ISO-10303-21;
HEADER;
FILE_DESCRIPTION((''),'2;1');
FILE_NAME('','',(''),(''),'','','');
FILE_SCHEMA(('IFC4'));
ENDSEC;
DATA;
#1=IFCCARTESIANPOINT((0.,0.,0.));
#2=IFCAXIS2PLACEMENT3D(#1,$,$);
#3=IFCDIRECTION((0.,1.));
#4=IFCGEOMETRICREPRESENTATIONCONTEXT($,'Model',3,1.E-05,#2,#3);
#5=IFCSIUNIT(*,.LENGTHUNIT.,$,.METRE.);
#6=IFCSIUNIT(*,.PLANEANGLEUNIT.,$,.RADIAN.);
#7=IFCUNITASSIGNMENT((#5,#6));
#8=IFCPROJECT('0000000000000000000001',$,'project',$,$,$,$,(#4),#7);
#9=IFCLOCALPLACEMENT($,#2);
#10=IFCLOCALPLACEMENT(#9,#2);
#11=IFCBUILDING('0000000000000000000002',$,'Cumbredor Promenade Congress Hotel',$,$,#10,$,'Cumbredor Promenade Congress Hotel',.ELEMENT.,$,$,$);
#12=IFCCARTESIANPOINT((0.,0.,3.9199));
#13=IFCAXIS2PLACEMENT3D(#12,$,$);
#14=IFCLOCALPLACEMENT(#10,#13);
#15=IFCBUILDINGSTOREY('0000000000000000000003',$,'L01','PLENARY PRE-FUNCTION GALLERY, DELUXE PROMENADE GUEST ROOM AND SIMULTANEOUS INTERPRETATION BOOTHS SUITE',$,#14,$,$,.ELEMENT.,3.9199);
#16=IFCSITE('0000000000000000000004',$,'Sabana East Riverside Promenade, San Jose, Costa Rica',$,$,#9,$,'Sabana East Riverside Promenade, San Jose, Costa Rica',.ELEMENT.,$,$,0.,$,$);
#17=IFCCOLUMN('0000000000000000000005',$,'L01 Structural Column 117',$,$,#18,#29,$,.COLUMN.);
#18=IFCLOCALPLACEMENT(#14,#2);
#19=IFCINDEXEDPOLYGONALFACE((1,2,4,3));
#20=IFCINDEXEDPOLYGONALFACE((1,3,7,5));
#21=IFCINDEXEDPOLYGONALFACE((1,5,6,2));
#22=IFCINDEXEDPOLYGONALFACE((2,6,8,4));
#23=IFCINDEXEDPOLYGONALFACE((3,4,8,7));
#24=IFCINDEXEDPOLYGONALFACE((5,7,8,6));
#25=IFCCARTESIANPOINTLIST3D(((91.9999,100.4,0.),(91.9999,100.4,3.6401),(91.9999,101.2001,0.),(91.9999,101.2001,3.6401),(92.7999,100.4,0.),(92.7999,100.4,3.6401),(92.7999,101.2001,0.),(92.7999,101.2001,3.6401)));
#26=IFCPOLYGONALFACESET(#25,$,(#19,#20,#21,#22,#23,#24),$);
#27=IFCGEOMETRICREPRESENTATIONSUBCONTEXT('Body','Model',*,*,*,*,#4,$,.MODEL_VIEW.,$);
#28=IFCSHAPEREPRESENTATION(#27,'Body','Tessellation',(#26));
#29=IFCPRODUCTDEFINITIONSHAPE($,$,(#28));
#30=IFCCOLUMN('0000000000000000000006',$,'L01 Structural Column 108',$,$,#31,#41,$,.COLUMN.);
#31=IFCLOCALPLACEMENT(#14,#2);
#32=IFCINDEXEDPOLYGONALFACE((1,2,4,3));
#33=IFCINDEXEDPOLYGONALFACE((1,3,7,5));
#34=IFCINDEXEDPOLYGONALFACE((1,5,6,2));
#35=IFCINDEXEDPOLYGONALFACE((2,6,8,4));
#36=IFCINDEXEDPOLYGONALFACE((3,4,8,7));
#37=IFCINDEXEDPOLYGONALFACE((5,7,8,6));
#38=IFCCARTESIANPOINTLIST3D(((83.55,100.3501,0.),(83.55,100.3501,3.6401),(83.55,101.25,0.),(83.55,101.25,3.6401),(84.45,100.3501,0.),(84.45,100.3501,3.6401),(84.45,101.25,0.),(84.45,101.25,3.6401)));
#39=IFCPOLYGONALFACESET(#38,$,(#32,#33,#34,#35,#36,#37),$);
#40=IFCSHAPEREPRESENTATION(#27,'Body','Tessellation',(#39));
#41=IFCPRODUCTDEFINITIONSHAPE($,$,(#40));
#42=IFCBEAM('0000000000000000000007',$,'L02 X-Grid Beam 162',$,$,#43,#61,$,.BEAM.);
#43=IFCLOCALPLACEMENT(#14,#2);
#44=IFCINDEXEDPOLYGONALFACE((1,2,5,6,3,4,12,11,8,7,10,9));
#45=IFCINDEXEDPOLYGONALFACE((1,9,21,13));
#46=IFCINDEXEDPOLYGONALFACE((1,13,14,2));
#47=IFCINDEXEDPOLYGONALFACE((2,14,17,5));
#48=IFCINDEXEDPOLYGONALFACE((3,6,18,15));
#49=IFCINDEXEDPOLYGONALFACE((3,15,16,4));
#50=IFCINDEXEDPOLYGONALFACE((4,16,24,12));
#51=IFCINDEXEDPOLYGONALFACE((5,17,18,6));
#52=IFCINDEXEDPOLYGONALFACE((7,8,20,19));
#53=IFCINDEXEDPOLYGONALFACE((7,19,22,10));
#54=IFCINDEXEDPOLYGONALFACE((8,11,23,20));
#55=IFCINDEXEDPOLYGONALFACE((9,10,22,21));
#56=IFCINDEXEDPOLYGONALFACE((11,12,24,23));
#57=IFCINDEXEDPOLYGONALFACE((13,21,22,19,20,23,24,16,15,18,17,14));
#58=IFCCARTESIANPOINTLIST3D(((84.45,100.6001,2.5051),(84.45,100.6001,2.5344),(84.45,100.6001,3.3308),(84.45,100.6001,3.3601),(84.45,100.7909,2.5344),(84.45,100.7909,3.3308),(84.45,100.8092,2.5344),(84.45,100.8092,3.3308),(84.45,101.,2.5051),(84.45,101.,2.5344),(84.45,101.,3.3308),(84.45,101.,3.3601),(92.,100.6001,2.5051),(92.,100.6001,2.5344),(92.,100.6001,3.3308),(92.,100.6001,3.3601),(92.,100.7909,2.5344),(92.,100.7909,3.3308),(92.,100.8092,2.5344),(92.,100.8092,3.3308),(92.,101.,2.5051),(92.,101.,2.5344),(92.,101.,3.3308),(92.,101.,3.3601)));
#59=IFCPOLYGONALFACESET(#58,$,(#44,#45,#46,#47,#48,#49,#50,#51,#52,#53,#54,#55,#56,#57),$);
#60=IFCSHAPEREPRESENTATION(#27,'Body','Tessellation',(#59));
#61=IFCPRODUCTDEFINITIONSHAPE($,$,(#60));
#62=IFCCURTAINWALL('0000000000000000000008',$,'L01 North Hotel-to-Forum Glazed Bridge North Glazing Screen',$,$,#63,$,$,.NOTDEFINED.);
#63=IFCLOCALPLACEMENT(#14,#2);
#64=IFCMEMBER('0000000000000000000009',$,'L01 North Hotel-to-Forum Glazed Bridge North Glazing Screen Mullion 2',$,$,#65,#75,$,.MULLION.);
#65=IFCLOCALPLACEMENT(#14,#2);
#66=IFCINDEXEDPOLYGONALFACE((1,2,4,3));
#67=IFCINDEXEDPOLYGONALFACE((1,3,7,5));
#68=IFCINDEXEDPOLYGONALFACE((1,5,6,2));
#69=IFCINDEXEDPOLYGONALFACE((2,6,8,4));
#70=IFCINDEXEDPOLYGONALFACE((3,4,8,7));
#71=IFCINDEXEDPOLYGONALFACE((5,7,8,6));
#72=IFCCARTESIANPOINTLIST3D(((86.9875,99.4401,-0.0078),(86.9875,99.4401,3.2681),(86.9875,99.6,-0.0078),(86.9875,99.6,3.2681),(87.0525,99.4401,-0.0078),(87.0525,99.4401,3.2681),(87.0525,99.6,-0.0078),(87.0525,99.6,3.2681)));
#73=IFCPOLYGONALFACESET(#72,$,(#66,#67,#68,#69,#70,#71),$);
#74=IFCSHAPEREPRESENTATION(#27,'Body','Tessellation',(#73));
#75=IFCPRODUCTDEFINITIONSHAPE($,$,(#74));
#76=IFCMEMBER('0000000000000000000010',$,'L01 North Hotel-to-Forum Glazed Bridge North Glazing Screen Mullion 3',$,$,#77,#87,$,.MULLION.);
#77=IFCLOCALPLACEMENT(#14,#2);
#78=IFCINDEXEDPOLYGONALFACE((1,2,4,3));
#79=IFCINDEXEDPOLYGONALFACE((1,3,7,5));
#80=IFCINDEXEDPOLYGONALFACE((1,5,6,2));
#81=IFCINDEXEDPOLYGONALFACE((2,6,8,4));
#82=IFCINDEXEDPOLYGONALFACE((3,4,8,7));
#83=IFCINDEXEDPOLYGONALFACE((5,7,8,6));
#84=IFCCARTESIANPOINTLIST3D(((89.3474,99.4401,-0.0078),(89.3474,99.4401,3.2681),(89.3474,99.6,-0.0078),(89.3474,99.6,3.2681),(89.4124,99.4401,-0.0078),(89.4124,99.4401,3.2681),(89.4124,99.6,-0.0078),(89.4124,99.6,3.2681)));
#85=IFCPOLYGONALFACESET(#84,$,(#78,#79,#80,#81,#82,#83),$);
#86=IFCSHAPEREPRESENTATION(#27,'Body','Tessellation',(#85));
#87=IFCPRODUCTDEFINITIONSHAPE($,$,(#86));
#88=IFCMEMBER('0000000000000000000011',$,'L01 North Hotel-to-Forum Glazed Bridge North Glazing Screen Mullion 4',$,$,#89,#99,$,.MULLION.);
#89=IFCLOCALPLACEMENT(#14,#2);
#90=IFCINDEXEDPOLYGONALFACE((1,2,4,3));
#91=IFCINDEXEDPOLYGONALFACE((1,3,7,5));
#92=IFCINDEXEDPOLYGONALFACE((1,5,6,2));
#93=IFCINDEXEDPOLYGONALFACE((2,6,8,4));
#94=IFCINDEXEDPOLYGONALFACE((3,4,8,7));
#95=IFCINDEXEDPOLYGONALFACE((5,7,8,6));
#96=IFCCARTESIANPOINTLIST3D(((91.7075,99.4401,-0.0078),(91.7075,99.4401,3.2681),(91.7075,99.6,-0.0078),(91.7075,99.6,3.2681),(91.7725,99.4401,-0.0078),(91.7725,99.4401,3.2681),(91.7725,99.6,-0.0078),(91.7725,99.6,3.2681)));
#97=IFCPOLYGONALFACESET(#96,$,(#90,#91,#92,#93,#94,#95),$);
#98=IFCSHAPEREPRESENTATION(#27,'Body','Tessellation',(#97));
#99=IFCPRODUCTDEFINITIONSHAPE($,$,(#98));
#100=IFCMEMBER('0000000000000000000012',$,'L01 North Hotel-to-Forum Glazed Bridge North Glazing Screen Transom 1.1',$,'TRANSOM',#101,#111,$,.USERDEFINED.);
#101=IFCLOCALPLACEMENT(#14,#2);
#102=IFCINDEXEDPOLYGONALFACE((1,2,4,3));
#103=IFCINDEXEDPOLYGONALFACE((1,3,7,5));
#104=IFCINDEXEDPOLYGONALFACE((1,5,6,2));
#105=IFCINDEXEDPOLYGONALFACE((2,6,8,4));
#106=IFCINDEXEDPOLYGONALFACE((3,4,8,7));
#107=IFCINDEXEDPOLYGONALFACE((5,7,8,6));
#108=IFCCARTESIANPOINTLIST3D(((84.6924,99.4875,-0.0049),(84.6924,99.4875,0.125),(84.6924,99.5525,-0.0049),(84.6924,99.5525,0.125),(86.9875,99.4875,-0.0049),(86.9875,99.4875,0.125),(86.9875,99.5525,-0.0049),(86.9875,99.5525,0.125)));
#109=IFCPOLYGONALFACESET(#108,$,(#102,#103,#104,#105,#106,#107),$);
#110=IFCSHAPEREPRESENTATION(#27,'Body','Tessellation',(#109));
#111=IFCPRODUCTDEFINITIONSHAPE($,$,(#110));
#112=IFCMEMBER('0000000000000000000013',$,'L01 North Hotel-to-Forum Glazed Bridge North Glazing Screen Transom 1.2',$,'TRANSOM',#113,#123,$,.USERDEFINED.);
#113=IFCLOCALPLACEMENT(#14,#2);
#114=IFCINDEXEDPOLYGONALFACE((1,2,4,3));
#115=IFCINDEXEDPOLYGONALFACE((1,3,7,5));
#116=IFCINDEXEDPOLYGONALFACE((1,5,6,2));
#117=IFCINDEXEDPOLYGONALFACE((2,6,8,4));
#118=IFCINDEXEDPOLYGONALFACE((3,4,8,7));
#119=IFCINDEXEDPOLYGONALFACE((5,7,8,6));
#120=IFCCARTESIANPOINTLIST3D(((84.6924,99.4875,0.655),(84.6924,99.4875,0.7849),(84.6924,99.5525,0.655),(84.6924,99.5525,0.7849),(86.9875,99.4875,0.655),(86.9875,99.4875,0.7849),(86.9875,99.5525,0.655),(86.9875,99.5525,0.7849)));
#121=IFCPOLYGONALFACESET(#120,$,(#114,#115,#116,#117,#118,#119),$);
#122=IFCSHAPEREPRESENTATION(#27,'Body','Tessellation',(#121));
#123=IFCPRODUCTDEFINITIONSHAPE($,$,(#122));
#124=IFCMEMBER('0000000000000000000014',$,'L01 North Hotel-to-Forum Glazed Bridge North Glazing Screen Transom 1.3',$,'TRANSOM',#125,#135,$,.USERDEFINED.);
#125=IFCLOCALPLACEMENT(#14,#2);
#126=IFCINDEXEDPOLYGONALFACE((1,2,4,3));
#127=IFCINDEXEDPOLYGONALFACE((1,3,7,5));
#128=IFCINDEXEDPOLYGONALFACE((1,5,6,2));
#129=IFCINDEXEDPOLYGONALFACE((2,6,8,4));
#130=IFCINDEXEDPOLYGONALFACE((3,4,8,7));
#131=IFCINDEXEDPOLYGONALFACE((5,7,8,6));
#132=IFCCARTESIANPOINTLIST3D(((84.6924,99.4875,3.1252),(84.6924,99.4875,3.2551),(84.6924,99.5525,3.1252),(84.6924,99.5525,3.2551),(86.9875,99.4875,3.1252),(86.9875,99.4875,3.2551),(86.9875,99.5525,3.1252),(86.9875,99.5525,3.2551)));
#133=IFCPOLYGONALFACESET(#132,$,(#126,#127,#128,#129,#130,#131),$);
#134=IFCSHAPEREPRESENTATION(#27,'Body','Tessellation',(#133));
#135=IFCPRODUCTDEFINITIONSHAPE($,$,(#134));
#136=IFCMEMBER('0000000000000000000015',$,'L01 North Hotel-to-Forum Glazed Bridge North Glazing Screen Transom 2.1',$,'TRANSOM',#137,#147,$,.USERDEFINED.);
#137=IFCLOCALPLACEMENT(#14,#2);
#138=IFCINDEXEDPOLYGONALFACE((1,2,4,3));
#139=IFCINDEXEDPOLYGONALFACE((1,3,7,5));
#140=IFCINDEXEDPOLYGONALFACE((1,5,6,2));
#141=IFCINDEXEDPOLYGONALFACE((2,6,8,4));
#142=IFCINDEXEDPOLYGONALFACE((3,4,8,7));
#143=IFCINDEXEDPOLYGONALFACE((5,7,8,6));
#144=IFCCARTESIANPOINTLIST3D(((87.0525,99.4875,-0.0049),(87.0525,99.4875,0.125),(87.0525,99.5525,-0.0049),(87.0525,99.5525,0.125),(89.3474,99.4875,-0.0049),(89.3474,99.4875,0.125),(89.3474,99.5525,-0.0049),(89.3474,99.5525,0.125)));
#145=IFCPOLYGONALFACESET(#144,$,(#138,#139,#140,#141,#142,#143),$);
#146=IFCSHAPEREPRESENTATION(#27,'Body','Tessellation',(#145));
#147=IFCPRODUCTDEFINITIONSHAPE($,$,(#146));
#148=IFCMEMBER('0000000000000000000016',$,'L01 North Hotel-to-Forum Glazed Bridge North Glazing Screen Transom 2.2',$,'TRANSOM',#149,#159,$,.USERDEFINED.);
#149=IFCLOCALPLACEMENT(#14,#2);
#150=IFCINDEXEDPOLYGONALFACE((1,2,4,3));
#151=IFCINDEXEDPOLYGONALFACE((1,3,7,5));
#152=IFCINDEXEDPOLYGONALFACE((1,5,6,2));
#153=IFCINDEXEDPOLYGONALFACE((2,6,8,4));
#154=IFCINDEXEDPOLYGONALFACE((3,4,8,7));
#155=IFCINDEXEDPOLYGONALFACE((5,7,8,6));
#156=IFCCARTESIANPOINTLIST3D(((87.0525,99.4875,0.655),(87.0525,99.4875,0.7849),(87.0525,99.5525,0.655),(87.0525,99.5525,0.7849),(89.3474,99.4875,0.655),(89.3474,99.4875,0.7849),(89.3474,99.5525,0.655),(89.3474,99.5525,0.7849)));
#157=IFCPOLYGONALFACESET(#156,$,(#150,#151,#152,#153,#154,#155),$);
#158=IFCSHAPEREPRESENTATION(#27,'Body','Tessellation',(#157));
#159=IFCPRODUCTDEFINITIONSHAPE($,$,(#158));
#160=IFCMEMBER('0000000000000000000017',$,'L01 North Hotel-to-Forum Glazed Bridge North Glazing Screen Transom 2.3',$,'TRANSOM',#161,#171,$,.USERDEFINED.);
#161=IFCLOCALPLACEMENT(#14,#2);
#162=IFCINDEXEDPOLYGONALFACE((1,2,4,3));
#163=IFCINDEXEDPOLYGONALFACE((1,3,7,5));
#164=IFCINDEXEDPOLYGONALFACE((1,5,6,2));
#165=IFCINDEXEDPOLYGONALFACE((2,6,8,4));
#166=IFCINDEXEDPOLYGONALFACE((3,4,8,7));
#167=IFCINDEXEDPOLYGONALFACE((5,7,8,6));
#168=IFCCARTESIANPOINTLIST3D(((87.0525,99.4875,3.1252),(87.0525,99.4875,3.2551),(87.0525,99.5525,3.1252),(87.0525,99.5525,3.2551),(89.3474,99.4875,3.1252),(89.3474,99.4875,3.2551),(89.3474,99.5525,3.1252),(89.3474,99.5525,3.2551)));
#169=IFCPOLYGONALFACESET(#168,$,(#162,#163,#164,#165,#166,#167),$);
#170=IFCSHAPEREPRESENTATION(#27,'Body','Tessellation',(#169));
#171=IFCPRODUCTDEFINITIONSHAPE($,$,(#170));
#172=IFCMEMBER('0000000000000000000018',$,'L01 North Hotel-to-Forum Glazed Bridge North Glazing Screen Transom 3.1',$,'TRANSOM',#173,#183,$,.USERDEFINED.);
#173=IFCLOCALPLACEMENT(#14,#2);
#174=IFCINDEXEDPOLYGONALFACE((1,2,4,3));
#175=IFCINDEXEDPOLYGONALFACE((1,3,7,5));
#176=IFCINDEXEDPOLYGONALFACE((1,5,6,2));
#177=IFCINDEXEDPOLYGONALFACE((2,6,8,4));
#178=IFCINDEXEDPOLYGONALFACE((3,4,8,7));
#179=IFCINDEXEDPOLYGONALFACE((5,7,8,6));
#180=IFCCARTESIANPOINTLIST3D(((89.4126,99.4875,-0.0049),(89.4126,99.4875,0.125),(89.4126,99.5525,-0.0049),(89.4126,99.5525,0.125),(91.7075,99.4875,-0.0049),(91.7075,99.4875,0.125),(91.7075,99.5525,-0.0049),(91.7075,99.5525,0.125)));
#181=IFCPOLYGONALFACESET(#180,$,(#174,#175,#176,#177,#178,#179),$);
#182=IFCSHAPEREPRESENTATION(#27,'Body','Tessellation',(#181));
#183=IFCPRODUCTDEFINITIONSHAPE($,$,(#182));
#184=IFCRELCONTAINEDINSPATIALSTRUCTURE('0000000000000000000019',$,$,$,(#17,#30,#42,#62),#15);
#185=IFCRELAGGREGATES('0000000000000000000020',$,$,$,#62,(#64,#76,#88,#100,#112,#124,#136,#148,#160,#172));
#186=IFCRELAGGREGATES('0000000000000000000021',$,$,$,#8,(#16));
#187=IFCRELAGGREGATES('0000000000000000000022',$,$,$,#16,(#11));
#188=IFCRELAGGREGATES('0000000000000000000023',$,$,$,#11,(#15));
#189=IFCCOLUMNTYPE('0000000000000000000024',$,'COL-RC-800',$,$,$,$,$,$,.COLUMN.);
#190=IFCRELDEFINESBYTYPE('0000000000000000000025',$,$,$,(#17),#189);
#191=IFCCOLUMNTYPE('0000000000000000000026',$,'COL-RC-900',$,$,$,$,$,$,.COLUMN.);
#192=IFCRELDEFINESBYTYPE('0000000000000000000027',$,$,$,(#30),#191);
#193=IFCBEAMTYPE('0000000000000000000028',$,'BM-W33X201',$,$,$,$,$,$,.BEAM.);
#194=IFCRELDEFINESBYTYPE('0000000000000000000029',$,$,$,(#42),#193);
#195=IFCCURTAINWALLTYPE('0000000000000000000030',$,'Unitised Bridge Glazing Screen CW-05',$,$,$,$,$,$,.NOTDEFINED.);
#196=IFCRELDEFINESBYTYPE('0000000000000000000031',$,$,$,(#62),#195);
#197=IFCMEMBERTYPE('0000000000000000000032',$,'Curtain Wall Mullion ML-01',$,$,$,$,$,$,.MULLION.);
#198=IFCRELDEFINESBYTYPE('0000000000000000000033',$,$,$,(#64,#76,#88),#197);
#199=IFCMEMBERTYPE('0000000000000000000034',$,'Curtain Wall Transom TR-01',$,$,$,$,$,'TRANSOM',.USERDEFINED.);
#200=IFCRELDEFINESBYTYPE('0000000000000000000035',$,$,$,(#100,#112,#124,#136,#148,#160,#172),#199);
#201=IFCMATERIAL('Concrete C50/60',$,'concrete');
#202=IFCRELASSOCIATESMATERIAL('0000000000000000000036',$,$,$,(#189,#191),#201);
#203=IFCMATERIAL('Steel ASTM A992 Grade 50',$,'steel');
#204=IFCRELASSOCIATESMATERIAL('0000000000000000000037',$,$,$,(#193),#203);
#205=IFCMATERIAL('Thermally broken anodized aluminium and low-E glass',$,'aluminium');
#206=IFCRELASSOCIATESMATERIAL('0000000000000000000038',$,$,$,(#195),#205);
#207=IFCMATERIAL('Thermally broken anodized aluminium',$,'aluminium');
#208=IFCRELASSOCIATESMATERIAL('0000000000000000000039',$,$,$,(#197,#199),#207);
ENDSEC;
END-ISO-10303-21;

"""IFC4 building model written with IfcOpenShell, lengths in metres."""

from ifc_helpers import new_model, si_unit, direction, frame, origin, origin_2d, place, context, subcontext, project, spatial, rectangle, i_section, extrude, material, material_profile, profile_set, type_object, element, aggregate, save


model = new_model("IFC4")

# Units and contexts
model_context = context("Model", 3, precision=1e-05, world=origin(), true_north=direction((0.0, 1.0)))
body_context = subcontext(model_context, "Body", "Model", "MODEL_VIEW")
ifc_project = project(units=[si_unit("LENGTHUNIT", "METRE"), si_unit("PLANEANGLEUNIT", "RADIAN")], contexts=[model_context])

# Site, building, storey
site_placement = place(None, origin())
site = spatial("IfcSite", under=ifc_project, at=site_placement, Name="Sabana East Riverside Promenade, San Jose, Costa Rica", LongName="Sabana East Riverside Promenade, San Jose, Costa Rica", CompositionType="ELEMENT", RefElevation=0.0)
building_placement = place(site_placement, origin())
building = spatial("IfcBuilding", under=site, at=building_placement, Name="Cumbredor Promenade Congress Hotel", LongName="Cumbredor Promenade Congress Hotel", CompositionType="ELEMENT")
storey_placement = place(building_placement, frame((0.0, 0.0, 3.9199)))
storey = spatial("IfcBuildingStorey", under=building, at=storey_placement, Name="L01", Description="PLENARY PRE-FUNCTION GALLERY, DELUXE PROMENADE GUEST ROOM AND SIMULTANEOUS INTERPRETATION BOOTHS SUITE", CompositionType="ELEMENT", Elevation=3.9199)

# Columns
ifc_material_1 = material(Name="Concrete C50/60", Category="concrete")
ifc_material_profile_1 = material_profile(ifc_material_1, rectangle(XDim=0.8, YDim=0.8, at=origin_2d()), Name="RC 800x800")
ifc_profile_set_1 = profile_set([ifc_material_profile_1], Name="Concrete C50/60")
column_type_1 = type_object("IfcColumnType", Name="COL-RC-800", PredefinedType="COLUMN", material=ifc_profile_set_1)
column_1_placement = place(storey_placement, frame((92.3999, 100.8, 0.0), z_axis=(0.0, 0.0, 1.0), x_axis=(1.0, 0.0, 0.0)))
element("IfcColumn", 1, at=column_1_placement, inside=storey, type_object=column_type_1, Name="L01 Structural Column 117", PredefinedType="COLUMN", context=body_context, shape_type="SweptSolid", body=[
    extrude(rectangle(XDim=0.8, YDim=0.8, at=origin_2d()), origin(), (0.0, 0.0, 1.0), 3.6401),
])
ifc_material_profile_2 = material_profile(ifc_material_1, rectangle(XDim=0.8999, YDim=0.8999, at=origin_2d()), Name="RC 900x900")
ifc_profile_set_2 = profile_set([ifc_material_profile_2], Name="Concrete C50/60")
column_type_2 = type_object("IfcColumnType", Name="COL-RC-900", PredefinedType="COLUMN", material=ifc_profile_set_2)
column_2_placement = place(storey_placement, frame((84.0, 100.8, 0.0), z_axis=(0.0, 0.0, 1.0), x_axis=(1.0, 0.0, 0.0)))
element("IfcColumn", 2, at=column_2_placement, inside=storey, type_object=column_type_2, Name="L01 Structural Column 108", PredefinedType="COLUMN", context=body_context, shape_type="SweptSolid", body=[
    extrude(rectangle(XDim=0.8999, YDim=0.8999, at=origin_2d()), origin(), (0.0, 0.0, 1.0), 3.6401),
])

# Beam
ifc_material_2 = material(Name="Steel ASTM A992 Grade 50", Category="steel")
ifc_material_profile_3 = material_profile(ifc_material_2, i_section(OverallWidth=0.3999, OverallDepth=0.855, WebThickness=0.0183, FlangeThickness=0.0293, at=origin_2d()), Name="W33X201")
ifc_profile_set_3 = profile_set([ifc_material_profile_3], Name="Steel ASTM A992 Grade 50")
beam_type_1 = type_object("IfcBeamType", Name="BM-W33X201", PredefinedType="BEAM", material=ifc_profile_set_3)
beam_1_placement = place(storey_placement, frame((84.45, 100.8, 2.9326), z_axis=(1.0, 0.0, 0.0), x_axis=(0.0, 1.0, 0.0)))
element("IfcBeam", 3, at=beam_1_placement, inside=storey, type_object=beam_type_1, Name="L02 X-Grid Beam 162", PredefinedType="BEAM", context=body_context, shape_type="SweptSolid", body=[
    extrude(i_section(OverallWidth=0.3999, OverallDepth=0.855, WebThickness=0.0183, FlangeThickness=0.0293, at=origin_2d()), origin(), (0.0, 0.0, 1.0), 7.55),
])

# Curtain wall, members
ifc_material_3 = material(Name="Thermally broken anodized aluminium and low-E glass", Category="aluminium")
curtain_wall_type = type_object("IfcCurtainWallType", Name="Unitised Bridge Glazing Screen CW-05", PredefinedType="NOTDEFINED", material=ifc_material_3)
curtain_wall_placement = place(storey_placement, origin())
curtain_wall = element("IfcCurtainWall", 4, at=curtain_wall_placement, inside=storey, type_object=curtain_wall_type, Name="L01 North Hotel-to-Forum Glazed Bridge North Glazing Screen", PredefinedType="NOTDEFINED")
ifc_material_4 = material(Name="Thermally broken anodized aluminium", Category="aluminium")
ifc_material_profile_4 = material_profile(ifc_material_4, rectangle(XDim=0.0649, YDim=0.1599, at=origin_2d()), Name="ALU MULLION 65x160")
ifc_profile_set_4 = profile_set([ifc_material_profile_4], Name="Thermally broken anodized aluminium")
member_type_1 = type_object("IfcMemberType", Name="Curtain Wall Mullion ML-01", PredefinedType="MULLION", material=ifc_profile_set_4)
member_1_placement = place(storey_placement, frame((87.02, 99.52, -0.0078), z_axis=(0.0, 0.0, 1.0), x_axis=(1.0, 0.0, 0.0)))
member_1 = element("IfcMember", 5, at=member_1_placement, type_object=member_type_1, Name="L01 North Hotel-to-Forum Glazed Bridge North Glazing Screen Mullion 2", PredefinedType="MULLION", context=body_context, shape_type="SweptSolid", body=[
    extrude(rectangle(XDim=0.0649, YDim=0.1599, at=origin_2d()), origin(), (0.0, 0.0, 1.0), 3.2759),
])
member_2_placement = place(storey_placement, frame((89.3799, 99.52, -0.0078), z_axis=(0.0, 0.0, 1.0), x_axis=(1.0, 0.0, 0.0)))
member_2 = element("IfcMember", 6, at=member_2_placement, type_object=member_type_1, Name="L01 North Hotel-to-Forum Glazed Bridge North Glazing Screen Mullion 3", PredefinedType="MULLION", context=body_context, shape_type="SweptSolid", body=[
    extrude(rectangle(XDim=0.0649, YDim=0.1599, at=origin_2d()), origin(), (0.0, 0.0, 1.0), 3.2759),
])
member_3_placement = place(storey_placement, frame((91.74, 99.52, -0.0078), z_axis=(0.0, 0.0, 1.0), x_axis=(1.0, 0.0, 0.0)))
member_3 = element("IfcMember", 7, at=member_3_placement, type_object=member_type_1, Name="L01 North Hotel-to-Forum Glazed Bridge North Glazing Screen Mullion 4", PredefinedType="MULLION", context=body_context, shape_type="SweptSolid", body=[
    extrude(rectangle(XDim=0.0649, YDim=0.1599, at=origin_2d()), origin(), (0.0, 0.0, 1.0), 3.2759),
])
ifc_material_profile_5 = material_profile(ifc_material_4, rectangle(XDim=0.0649, YDim=0.1299, at=origin_2d()), Name="ALU TRANSOM 65x130")
ifc_profile_set_5 = profile_set([ifc_material_profile_5], Name="Thermally broken anodized aluminium")
member_type_2 = type_object("IfcMemberType", Name="Curtain Wall Transom TR-01", ElementType="TRANSOM", PredefinedType="USERDEFINED", material=ifc_profile_set_5)
member_4_placement = place(storey_placement, frame((84.6924, 99.52, 0.0601), z_axis=(1.0, 0.0, 0.0), x_axis=(0.0, 1.0, 0.0)))
member_4 = element("IfcMember", 8, at=member_4_placement, type_object=member_type_2, Name="L01 North Hotel-to-Forum Glazed Bridge North Glazing Screen Transom 1.1", ObjectType="TRANSOM", PredefinedType="USERDEFINED", context=body_context, shape_type="SweptSolid", body=[
    extrude(rectangle(XDim=0.0649, YDim=0.1299, at=origin_2d()), origin(), (0.0, 0.0, 1.0), 2.2952),
])
member_5_placement = place(storey_placement, frame((84.6924, 99.52, 0.72), z_axis=(1.0, 0.0, 0.0), x_axis=(0.0, 1.0, 0.0)))
member_5 = element("IfcMember", 9, at=member_5_placement, type_object=member_type_2, Name="L01 North Hotel-to-Forum Glazed Bridge North Glazing Screen Transom 1.2", ObjectType="TRANSOM", PredefinedType="USERDEFINED", context=body_context, shape_type="SweptSolid", body=[
    extrude(rectangle(XDim=0.0649, YDim=0.1299, at=origin_2d()), origin(), (0.0, 0.0, 1.0), 2.2952),
])
member_6_placement = place(storey_placement, frame((84.6924, 99.52, 3.1902), z_axis=(1.0, 0.0, 0.0), x_axis=(0.0, 1.0, 0.0)))
member_6 = element("IfcMember", 10, at=member_6_placement, type_object=member_type_2, Name="L01 North Hotel-to-Forum Glazed Bridge North Glazing Screen Transom 1.3", ObjectType="TRANSOM", PredefinedType="USERDEFINED", context=body_context, shape_type="SweptSolid", body=[
    extrude(rectangle(XDim=0.0649, YDim=0.1299, at=origin_2d()), origin(), (0.0, 0.0, 1.0), 2.2952),
])
member_7_placement = place(storey_placement, frame((87.0525, 99.52, 0.0601), z_axis=(1.0, 0.0, 0.0), x_axis=(0.0, 1.0, 0.0)))
member_7 = element("IfcMember", 11, at=member_7_placement, type_object=member_type_2, Name="L01 North Hotel-to-Forum Glazed Bridge North Glazing Screen Transom 2.1", ObjectType="TRANSOM", PredefinedType="USERDEFINED", context=body_context, shape_type="SweptSolid", body=[
    extrude(rectangle(XDim=0.0649, YDim=0.1299, at=origin_2d()), origin(), (0.0, 0.0, 1.0), 2.2949),
])
member_8_placement = place(storey_placement, frame((87.0525, 99.52, 0.72), z_axis=(1.0, 0.0, 0.0), x_axis=(0.0, 1.0, 0.0)))
member_8 = element("IfcMember", 12, at=member_8_placement, type_object=member_type_2, Name="L01 North Hotel-to-Forum Glazed Bridge North Glazing Screen Transom 2.2", ObjectType="TRANSOM", PredefinedType="USERDEFINED", context=body_context, shape_type="SweptSolid", body=[
    extrude(rectangle(XDim=0.0649, YDim=0.1299, at=origin_2d()), origin(), (0.0, 0.0, 1.0), 2.2949),
])
member_9_placement = place(storey_placement, frame((87.0525, 99.52, 3.1902), z_axis=(1.0, 0.0, 0.0), x_axis=(0.0, 1.0, 0.0)))
member_9 = element("IfcMember", 13, at=member_9_placement, type_object=member_type_2, Name="L01 North Hotel-to-Forum Glazed Bridge North Glazing Screen Transom 2.3", ObjectType="TRANSOM", PredefinedType="USERDEFINED", context=body_context, shape_type="SweptSolid", body=[
    extrude(rectangle(XDim=0.0649, YDim=0.1299, at=origin_2d()), origin(), (0.0, 0.0, 1.0), 2.2949),
])
member_10_placement = place(storey_placement, frame((89.4126, 99.52, 0.0601), z_axis=(1.0, 0.0, 0.0), x_axis=(0.0, 1.0, 0.0)))
member_10 = element("IfcMember", 14, at=member_10_placement, type_object=member_type_2, Name="L01 North Hotel-to-Forum Glazed Bridge North Glazing Screen Transom 3.1", ObjectType="TRANSOM", PredefinedType="USERDEFINED", context=body_context, shape_type="SweptSolid", body=[
    extrude(rectangle(XDim=0.0649, YDim=0.1299, at=origin_2d()), origin(), (0.0, 0.0, 1.0), 2.2949),
])

aggregate(curtain_wall, [member_1, member_2, member_3, member_4, member_5, member_6, member_7, member_8, member_9, member_10])

save(model, "model.ifc")
